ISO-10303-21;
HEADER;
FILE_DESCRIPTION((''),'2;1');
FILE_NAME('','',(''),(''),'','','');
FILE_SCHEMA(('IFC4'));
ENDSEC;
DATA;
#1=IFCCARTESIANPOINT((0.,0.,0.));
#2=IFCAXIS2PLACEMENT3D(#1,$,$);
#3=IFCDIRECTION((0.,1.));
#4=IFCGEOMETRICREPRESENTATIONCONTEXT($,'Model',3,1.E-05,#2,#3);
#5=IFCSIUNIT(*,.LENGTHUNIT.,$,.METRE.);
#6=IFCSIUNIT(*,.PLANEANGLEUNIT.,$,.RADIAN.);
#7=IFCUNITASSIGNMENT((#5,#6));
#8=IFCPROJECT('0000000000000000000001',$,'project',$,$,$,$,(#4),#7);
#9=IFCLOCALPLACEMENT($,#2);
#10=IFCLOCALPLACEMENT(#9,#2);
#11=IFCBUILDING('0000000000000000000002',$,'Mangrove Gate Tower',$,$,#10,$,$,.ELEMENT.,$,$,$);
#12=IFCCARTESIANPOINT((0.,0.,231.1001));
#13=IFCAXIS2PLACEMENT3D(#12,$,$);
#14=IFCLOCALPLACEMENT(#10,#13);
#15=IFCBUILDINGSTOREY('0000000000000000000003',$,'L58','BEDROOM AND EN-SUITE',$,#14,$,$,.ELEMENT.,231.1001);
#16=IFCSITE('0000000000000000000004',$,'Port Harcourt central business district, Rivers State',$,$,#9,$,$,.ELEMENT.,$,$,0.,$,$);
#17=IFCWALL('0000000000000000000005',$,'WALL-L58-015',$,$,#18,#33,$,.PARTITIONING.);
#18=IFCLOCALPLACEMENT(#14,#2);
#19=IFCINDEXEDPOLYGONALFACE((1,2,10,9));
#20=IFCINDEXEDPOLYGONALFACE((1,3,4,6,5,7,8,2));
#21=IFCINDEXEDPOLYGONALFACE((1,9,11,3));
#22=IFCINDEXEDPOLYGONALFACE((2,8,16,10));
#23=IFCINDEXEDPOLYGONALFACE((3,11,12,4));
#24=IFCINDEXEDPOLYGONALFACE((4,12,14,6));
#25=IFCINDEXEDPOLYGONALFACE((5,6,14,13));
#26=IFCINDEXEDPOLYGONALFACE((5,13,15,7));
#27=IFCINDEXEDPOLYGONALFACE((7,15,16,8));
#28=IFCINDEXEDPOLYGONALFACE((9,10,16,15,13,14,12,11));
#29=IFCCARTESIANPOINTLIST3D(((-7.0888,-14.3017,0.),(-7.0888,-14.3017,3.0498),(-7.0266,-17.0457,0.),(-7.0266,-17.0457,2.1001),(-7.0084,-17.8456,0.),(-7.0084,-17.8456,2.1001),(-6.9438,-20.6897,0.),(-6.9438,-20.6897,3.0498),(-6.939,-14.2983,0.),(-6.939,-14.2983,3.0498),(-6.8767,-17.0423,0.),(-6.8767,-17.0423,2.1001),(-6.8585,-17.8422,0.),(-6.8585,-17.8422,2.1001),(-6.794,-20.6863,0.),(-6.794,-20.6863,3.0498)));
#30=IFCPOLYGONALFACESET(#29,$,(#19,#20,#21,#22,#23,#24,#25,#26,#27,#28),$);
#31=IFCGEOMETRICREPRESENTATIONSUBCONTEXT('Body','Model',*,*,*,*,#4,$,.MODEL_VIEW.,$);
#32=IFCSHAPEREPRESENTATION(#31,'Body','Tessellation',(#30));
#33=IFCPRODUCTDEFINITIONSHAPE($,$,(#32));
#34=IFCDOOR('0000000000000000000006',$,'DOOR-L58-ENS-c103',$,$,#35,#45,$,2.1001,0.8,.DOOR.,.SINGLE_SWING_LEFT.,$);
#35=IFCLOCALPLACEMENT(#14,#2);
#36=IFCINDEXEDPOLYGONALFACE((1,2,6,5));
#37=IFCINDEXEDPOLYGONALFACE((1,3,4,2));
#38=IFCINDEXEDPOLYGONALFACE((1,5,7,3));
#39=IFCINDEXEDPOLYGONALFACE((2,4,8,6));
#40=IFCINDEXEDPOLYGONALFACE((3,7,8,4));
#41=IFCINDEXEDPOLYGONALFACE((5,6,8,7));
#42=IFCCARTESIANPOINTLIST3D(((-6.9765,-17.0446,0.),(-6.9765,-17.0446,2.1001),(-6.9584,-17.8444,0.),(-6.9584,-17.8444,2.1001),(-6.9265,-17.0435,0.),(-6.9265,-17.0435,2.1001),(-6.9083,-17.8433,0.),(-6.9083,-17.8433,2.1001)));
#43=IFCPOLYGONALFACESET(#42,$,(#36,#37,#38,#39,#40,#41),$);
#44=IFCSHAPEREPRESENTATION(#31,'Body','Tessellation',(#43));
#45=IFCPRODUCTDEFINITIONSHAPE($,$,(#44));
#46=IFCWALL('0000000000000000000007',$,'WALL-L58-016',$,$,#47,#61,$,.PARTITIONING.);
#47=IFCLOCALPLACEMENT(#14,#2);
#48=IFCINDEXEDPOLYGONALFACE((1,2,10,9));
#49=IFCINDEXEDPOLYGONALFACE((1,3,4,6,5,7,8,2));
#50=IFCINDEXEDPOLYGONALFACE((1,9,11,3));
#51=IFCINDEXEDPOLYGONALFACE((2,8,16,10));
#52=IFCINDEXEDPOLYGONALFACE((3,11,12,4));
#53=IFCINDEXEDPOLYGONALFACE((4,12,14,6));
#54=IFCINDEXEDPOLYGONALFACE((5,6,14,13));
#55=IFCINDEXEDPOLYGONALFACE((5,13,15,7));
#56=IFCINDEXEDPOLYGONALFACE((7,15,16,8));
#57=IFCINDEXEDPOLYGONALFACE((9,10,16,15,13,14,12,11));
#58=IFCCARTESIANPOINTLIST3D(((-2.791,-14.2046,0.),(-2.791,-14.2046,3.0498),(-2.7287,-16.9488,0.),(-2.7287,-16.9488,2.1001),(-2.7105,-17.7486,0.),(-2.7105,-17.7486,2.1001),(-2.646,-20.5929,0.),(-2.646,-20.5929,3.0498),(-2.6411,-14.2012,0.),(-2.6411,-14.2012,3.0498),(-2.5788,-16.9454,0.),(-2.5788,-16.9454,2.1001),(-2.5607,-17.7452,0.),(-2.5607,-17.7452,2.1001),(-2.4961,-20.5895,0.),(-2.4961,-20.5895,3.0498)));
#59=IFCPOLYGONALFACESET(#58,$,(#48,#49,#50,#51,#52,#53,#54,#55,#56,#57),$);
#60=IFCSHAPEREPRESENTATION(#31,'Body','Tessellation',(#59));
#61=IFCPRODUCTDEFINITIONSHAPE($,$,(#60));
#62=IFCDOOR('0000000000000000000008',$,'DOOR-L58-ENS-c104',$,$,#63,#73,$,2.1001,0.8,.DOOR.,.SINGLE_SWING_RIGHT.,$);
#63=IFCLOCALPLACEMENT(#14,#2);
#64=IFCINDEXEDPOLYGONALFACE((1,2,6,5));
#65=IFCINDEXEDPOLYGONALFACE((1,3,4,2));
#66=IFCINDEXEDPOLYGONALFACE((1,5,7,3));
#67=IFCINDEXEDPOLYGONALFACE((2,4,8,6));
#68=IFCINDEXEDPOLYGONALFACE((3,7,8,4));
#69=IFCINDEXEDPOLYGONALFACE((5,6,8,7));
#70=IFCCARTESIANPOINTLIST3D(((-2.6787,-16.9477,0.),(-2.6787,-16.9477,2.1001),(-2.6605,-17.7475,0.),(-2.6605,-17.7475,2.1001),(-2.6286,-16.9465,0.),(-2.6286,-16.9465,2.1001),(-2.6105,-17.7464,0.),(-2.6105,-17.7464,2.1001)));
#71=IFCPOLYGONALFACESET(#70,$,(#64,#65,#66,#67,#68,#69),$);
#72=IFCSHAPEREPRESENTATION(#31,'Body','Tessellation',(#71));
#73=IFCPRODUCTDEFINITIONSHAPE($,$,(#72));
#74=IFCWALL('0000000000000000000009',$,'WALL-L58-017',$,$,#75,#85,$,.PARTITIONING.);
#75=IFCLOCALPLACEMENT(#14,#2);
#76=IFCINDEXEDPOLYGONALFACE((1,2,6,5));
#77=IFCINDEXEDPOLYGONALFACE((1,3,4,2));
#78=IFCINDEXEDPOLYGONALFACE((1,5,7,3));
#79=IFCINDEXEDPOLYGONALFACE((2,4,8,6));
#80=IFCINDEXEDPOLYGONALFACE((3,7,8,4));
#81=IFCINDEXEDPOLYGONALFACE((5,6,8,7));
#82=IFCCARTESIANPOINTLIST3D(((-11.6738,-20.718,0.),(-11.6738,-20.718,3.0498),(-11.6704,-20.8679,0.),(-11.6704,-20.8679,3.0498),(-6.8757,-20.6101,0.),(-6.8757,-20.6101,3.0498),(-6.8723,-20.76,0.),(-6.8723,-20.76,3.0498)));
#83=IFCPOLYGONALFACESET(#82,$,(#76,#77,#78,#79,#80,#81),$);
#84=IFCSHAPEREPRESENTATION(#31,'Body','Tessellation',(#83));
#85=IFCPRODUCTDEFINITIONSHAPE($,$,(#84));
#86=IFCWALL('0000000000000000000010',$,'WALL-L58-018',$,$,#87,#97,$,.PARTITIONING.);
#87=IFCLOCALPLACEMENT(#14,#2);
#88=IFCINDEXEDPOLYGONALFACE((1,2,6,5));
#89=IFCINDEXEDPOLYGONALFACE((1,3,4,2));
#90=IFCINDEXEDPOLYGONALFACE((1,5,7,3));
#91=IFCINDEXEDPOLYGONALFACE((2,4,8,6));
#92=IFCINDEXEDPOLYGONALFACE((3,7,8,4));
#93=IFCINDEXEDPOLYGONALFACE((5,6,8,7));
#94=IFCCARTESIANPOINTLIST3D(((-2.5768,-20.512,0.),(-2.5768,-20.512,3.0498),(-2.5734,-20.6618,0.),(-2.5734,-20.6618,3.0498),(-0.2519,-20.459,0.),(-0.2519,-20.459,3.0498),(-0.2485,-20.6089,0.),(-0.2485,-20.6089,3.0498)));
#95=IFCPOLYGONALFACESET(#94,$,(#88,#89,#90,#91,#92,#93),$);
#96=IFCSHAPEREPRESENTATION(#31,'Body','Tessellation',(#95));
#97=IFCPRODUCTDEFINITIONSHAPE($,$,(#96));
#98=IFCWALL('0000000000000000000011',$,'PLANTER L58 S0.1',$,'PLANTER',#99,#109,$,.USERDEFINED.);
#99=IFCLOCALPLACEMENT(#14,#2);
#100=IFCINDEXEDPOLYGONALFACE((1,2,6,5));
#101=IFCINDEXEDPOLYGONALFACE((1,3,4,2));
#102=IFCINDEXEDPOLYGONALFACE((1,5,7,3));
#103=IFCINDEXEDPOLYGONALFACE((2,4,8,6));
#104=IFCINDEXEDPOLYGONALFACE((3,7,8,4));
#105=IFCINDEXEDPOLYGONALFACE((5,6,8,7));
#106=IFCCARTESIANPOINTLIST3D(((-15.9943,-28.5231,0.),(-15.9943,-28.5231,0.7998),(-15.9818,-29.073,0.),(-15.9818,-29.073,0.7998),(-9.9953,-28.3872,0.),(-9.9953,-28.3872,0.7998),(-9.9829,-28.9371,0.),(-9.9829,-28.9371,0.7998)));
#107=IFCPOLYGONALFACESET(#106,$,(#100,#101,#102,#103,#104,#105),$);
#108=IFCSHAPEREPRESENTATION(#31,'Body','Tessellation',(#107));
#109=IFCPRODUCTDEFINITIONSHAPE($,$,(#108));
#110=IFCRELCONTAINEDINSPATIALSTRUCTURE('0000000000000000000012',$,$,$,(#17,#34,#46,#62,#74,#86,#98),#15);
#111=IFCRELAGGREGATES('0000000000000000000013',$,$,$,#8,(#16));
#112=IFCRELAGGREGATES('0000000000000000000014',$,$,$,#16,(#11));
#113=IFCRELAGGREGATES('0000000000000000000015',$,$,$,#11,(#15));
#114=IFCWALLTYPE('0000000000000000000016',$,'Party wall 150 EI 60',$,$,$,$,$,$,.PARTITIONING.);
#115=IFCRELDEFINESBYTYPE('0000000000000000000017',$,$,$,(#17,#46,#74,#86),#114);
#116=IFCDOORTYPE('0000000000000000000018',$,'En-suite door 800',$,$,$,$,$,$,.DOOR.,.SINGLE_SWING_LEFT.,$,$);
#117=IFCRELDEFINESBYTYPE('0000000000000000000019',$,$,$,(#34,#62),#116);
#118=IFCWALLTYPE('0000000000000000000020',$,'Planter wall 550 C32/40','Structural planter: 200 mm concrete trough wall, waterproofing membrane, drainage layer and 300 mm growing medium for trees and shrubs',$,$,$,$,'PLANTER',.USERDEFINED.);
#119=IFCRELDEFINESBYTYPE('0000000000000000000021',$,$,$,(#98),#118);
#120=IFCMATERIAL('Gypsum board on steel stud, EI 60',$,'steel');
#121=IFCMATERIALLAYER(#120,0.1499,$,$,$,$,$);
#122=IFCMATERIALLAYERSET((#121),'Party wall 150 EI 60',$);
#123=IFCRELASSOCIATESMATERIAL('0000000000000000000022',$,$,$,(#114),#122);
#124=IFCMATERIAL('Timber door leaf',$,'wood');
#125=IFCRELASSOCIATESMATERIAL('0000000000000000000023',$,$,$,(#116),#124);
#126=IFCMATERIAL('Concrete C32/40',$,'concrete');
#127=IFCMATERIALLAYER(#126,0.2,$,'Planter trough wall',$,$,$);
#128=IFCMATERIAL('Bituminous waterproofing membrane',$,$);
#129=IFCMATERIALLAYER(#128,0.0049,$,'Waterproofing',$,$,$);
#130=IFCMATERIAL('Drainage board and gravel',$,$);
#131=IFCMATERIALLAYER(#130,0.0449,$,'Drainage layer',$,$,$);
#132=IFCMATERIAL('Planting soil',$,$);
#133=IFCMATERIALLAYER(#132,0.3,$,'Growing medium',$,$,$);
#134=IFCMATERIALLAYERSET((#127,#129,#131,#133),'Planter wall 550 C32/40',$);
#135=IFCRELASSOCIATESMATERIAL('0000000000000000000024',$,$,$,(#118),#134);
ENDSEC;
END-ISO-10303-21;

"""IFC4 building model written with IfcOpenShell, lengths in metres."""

from ifc_helpers import new_model, si_unit, direction, frame, frame_2d, origin, place, context, subcontext, project, spatial, rectangle, extrude, material, layer, layer_set, type_object, element, fill, save


model = new_model("IFC4")

# Units and contexts
model_context = context("Model", 3, precision=1e-05, world=origin(), true_north=direction((0.0, 1.0)))
body_context = subcontext(model_context, "Body", "Model", "MODEL_VIEW")
ifc_project = project(units=[si_unit("LENGTHUNIT", "METRE"), si_unit("PLANEANGLEUNIT", "RADIAN")], contexts=[model_context])

# Site, building, storey
site_placement = place(None, origin())
site = spatial("IfcSite", under=ifc_project, at=site_placement, Name="Port Harcourt central business district, Rivers State", CompositionType="ELEMENT", RefElevation=0.0)
building_placement = place(site_placement, origin())
building = spatial("IfcBuilding", under=site, at=building_placement, Name="Mangrove Gate Tower", CompositionType="ELEMENT")
storey_placement = place(building_placement, frame((0.0, 0.0, 231.1001)))
storey = spatial("IfcBuildingStorey", under=building, at=storey_placement, Name="L58", Description="BEDROOM AND EN-SUITE", CompositionType="ELEMENT", Elevation=231.1001)

# Shared definitions
ifc_material_1 = material(Name="Gypsum board on steel stud, EI 60", Category="steel")
ifc_layer_1 = layer(ifc_material_1, 0.1499)
ifc_layer_set_1 = layer_set([ifc_layer_1], Name="Party wall 150 EI 60")
wall_type_1 = type_object("IfcWallType", Name="Party wall 150 EI 60", PredefinedType="PARTITIONING", material=ifc_layer_set_1)

# Walls, openings, doors
ifc_material_2 = material(Name="Timber door leaf", Category="wood")
door_type = type_object("IfcDoorType", Name="En-suite door 800", OperationType="SINGLE_SWING_LEFT", PredefinedType="DOOR", material=ifc_material_2)
wall_1_placement = place(storey_placement, frame((-6.8689, -20.688, 0.0), z_axis=(0.0, 0.0, 1.0), x_axis=(-0.022696, 0.999742, 0.0)))
wall_1 = element("IfcWall", 1, at=wall_1_placement, inside=storey, type_object=wall_type_1, Name="WALL-L58-015", PredefinedType="PARTITIONING", context=body_context, shape_type="SweptSolid", body=[
    extrude(rectangle(XDim=6.3896, YDim=0.1499, at=frame_2d((3.1948, 0.0))), origin(), (0.0, 0.0, 1.0), 3.0498),
])
opening_1_placement = place(wall_1_placement, frame((2.845, 0.0, 0.0)))
opening_1 = element("IfcOpeningElement", 2, at=opening_1_placement, cuts=wall_1, PredefinedType="OPENING", context=body_context, shape_type="SweptSolid", body=[
    extrude(rectangle(XDim=0.8, YDim=2.1001, at=frame_2d((0.3999, 1.05))), frame((0.0, 0.085, 0.0), z_axis=(0.0, -1.0, 0.0), x_axis=(1.0, 0.0, 0.0)), (0.0, 0.0, 1.0), 0.1699),
])
door_1_placement = place(opening_1_placement, origin())
door_1 = element("IfcDoor", 3, at=door_1_placement, inside=storey, type_object=door_type, Name="DOOR-L58-ENS-c103", OperationType="SINGLE_SWING_LEFT", OverallHeight=2.1001, OverallWidth=0.8, PredefinedType="DOOR", context=body_context, shape_type="SweptSolid", body=[
    extrude(rectangle(XDim=0.8, YDim=2.1001, at=frame_2d((0.3999, 1.05))), frame((0.0, 0.0249, 0.0), z_axis=(0.0, -1.0, 0.0), x_axis=(1.0, 0.0, 0.0)), (0.0, 0.0, 1.0), 0.05),
])
fill(opening_1, door_1)
wall_2_placement = place(storey_placement, frame((-2.571, -20.5911, 0.0), z_axis=(0.0, 0.0, 1.0), x_axis=(-0.022695, 0.999742, 0.0)))
wall_2 = element("IfcWall", 4, at=wall_2_placement, inside=storey, type_object=wall_type_1, Name="WALL-L58-016", PredefinedType="PARTITIONING", context=body_context, shape_type="SweptSolid", body=[
    extrude(rectangle(XDim=6.3899, YDim=0.1499, at=frame_2d((3.1948, 0.0))), origin(), (0.0, 0.0, 1.0), 3.0498),
])
opening_2_placement = place(wall_2_placement, frame((2.845, 0.0, 0.0)))
opening_2 = element("IfcOpeningElement", 5, at=opening_2_placement, cuts=wall_2, PredefinedType="OPENING", context=body_context, shape_type="SweptSolid", body=[
    extrude(rectangle(XDim=0.8, YDim=2.1001, at=frame_2d((0.3999, 1.05))), frame((0.0, 0.085, 0.0), z_axis=(0.0, -1.0, 0.0), x_axis=(1.0, 0.0, 0.0)), (0.0, 0.0, 1.0), 0.1699),
])
door_2_placement = place(opening_2_placement, origin())
door_2 = element("IfcDoor", 6, at=door_2_placement, inside=storey, type_object=door_type, Name="DOOR-L58-ENS-c104", OperationType="SINGLE_SWING_RIGHT", OverallHeight=2.1001, OverallWidth=0.8, PredefinedType="DOOR", context=body_context, shape_type="SweptSolid", body=[
    extrude(rectangle(XDim=0.8, YDim=2.1001, at=frame_2d((0.3999, 1.05))), frame((0.0, 0.0249, 0.0), z_axis=(0.0, -1.0, 0.0), x_axis=(1.0, 0.0, 0.0)), (0.0, 0.0, 1.0), 0.05),
])
fill(opening_2, door_2)

# Walls
wall_3_placement = place(storey_placement, frame((-11.6721, -20.793, 0.0), z_axis=(0.0, 0.0, 1.0), x_axis=(0.999747, 0.022485, 0.0)))
element("IfcWall", 7, at=wall_3_placement, inside=storey, type_object=wall_type_1, Name="WALL-L58-017", PredefinedType="PARTITIONING", context=body_context, shape_type="SweptSolid", body=[
    extrude(rectangle(XDim=4.7993, YDim=0.1499, at=frame_2d((2.3997, 0.0))), origin(), (0.0, 0.0, 1.0), 3.0498),
])
wall_4_placement = place(storey_placement, frame((-2.575, -20.5869, 0.0), z_axis=(0.0, 0.0, 1.0), x_axis=(0.99974, 0.022781, 0.0)))
element("IfcWall", 8, at=wall_4_placement, inside=storey, type_object=wall_type_1, Name="WALL-L58-018", PredefinedType="PARTITIONING", context=body_context, shape_type="SweptSolid", body=[
    extrude(rectangle(XDim=2.3254, YDim=0.1499, at=frame_2d((1.1626, 0.0))), origin(), (0.0, 0.0, 1.0), 3.0498),
])
ifc_material_3 = material(Name="Concrete C32/40", Category="concrete")
ifc_layer_2 = layer(ifc_material_3, 0.2, Name="Planter trough wall")
ifc_material_4 = material(Name="Bituminous waterproofing membrane")
ifc_layer_3 = layer(ifc_material_4, 0.0049, Name="Waterproofing")
ifc_material_5 = material(Name="Drainage board and gravel")
ifc_layer_4 = layer(ifc_material_5, 0.0449, Name="Drainage layer")
ifc_material_6 = material(Name="Planting soil")
ifc_layer_5 = layer(ifc_material_6, 0.3, Name="Growing medium")
ifc_layer_set_2 = layer_set([ifc_layer_2, ifc_layer_3, ifc_layer_4, ifc_layer_5], Name="Planter wall 550 C32/40")
wall_type_2 = type_object("IfcWallType", Name="Planter wall 550 C32/40", Description="Structural planter: 200 mm concrete trough wall, waterproofing membrane, drainage layer and 300 mm growing medium for trees and shrubs", ElementType="PLANTER", PredefinedType="USERDEFINED", material=ifc_layer_set_2)
wall_5_placement = place(storey_placement, frame((-15.988, -28.7981, 0.0), z_axis=(0.0, 0.0, 1.0), x_axis=(0.999743, 0.022662, 0.0)))
element("IfcWall", 9, at=wall_5_placement, inside=storey, type_object=wall_type_2, Name="PLANTER L58 S0.1", ObjectType="PLANTER", PredefinedType="USERDEFINED", context=body_context, shape_type="SweptSolid", body=[
    extrude(rectangle(XDim=6.0005, YDim=0.55, at=frame_2d((3.0002, 0.0))), origin(), (0.0, 0.0, 1.0), 0.7998),
])

save(model, "model.ifc")
